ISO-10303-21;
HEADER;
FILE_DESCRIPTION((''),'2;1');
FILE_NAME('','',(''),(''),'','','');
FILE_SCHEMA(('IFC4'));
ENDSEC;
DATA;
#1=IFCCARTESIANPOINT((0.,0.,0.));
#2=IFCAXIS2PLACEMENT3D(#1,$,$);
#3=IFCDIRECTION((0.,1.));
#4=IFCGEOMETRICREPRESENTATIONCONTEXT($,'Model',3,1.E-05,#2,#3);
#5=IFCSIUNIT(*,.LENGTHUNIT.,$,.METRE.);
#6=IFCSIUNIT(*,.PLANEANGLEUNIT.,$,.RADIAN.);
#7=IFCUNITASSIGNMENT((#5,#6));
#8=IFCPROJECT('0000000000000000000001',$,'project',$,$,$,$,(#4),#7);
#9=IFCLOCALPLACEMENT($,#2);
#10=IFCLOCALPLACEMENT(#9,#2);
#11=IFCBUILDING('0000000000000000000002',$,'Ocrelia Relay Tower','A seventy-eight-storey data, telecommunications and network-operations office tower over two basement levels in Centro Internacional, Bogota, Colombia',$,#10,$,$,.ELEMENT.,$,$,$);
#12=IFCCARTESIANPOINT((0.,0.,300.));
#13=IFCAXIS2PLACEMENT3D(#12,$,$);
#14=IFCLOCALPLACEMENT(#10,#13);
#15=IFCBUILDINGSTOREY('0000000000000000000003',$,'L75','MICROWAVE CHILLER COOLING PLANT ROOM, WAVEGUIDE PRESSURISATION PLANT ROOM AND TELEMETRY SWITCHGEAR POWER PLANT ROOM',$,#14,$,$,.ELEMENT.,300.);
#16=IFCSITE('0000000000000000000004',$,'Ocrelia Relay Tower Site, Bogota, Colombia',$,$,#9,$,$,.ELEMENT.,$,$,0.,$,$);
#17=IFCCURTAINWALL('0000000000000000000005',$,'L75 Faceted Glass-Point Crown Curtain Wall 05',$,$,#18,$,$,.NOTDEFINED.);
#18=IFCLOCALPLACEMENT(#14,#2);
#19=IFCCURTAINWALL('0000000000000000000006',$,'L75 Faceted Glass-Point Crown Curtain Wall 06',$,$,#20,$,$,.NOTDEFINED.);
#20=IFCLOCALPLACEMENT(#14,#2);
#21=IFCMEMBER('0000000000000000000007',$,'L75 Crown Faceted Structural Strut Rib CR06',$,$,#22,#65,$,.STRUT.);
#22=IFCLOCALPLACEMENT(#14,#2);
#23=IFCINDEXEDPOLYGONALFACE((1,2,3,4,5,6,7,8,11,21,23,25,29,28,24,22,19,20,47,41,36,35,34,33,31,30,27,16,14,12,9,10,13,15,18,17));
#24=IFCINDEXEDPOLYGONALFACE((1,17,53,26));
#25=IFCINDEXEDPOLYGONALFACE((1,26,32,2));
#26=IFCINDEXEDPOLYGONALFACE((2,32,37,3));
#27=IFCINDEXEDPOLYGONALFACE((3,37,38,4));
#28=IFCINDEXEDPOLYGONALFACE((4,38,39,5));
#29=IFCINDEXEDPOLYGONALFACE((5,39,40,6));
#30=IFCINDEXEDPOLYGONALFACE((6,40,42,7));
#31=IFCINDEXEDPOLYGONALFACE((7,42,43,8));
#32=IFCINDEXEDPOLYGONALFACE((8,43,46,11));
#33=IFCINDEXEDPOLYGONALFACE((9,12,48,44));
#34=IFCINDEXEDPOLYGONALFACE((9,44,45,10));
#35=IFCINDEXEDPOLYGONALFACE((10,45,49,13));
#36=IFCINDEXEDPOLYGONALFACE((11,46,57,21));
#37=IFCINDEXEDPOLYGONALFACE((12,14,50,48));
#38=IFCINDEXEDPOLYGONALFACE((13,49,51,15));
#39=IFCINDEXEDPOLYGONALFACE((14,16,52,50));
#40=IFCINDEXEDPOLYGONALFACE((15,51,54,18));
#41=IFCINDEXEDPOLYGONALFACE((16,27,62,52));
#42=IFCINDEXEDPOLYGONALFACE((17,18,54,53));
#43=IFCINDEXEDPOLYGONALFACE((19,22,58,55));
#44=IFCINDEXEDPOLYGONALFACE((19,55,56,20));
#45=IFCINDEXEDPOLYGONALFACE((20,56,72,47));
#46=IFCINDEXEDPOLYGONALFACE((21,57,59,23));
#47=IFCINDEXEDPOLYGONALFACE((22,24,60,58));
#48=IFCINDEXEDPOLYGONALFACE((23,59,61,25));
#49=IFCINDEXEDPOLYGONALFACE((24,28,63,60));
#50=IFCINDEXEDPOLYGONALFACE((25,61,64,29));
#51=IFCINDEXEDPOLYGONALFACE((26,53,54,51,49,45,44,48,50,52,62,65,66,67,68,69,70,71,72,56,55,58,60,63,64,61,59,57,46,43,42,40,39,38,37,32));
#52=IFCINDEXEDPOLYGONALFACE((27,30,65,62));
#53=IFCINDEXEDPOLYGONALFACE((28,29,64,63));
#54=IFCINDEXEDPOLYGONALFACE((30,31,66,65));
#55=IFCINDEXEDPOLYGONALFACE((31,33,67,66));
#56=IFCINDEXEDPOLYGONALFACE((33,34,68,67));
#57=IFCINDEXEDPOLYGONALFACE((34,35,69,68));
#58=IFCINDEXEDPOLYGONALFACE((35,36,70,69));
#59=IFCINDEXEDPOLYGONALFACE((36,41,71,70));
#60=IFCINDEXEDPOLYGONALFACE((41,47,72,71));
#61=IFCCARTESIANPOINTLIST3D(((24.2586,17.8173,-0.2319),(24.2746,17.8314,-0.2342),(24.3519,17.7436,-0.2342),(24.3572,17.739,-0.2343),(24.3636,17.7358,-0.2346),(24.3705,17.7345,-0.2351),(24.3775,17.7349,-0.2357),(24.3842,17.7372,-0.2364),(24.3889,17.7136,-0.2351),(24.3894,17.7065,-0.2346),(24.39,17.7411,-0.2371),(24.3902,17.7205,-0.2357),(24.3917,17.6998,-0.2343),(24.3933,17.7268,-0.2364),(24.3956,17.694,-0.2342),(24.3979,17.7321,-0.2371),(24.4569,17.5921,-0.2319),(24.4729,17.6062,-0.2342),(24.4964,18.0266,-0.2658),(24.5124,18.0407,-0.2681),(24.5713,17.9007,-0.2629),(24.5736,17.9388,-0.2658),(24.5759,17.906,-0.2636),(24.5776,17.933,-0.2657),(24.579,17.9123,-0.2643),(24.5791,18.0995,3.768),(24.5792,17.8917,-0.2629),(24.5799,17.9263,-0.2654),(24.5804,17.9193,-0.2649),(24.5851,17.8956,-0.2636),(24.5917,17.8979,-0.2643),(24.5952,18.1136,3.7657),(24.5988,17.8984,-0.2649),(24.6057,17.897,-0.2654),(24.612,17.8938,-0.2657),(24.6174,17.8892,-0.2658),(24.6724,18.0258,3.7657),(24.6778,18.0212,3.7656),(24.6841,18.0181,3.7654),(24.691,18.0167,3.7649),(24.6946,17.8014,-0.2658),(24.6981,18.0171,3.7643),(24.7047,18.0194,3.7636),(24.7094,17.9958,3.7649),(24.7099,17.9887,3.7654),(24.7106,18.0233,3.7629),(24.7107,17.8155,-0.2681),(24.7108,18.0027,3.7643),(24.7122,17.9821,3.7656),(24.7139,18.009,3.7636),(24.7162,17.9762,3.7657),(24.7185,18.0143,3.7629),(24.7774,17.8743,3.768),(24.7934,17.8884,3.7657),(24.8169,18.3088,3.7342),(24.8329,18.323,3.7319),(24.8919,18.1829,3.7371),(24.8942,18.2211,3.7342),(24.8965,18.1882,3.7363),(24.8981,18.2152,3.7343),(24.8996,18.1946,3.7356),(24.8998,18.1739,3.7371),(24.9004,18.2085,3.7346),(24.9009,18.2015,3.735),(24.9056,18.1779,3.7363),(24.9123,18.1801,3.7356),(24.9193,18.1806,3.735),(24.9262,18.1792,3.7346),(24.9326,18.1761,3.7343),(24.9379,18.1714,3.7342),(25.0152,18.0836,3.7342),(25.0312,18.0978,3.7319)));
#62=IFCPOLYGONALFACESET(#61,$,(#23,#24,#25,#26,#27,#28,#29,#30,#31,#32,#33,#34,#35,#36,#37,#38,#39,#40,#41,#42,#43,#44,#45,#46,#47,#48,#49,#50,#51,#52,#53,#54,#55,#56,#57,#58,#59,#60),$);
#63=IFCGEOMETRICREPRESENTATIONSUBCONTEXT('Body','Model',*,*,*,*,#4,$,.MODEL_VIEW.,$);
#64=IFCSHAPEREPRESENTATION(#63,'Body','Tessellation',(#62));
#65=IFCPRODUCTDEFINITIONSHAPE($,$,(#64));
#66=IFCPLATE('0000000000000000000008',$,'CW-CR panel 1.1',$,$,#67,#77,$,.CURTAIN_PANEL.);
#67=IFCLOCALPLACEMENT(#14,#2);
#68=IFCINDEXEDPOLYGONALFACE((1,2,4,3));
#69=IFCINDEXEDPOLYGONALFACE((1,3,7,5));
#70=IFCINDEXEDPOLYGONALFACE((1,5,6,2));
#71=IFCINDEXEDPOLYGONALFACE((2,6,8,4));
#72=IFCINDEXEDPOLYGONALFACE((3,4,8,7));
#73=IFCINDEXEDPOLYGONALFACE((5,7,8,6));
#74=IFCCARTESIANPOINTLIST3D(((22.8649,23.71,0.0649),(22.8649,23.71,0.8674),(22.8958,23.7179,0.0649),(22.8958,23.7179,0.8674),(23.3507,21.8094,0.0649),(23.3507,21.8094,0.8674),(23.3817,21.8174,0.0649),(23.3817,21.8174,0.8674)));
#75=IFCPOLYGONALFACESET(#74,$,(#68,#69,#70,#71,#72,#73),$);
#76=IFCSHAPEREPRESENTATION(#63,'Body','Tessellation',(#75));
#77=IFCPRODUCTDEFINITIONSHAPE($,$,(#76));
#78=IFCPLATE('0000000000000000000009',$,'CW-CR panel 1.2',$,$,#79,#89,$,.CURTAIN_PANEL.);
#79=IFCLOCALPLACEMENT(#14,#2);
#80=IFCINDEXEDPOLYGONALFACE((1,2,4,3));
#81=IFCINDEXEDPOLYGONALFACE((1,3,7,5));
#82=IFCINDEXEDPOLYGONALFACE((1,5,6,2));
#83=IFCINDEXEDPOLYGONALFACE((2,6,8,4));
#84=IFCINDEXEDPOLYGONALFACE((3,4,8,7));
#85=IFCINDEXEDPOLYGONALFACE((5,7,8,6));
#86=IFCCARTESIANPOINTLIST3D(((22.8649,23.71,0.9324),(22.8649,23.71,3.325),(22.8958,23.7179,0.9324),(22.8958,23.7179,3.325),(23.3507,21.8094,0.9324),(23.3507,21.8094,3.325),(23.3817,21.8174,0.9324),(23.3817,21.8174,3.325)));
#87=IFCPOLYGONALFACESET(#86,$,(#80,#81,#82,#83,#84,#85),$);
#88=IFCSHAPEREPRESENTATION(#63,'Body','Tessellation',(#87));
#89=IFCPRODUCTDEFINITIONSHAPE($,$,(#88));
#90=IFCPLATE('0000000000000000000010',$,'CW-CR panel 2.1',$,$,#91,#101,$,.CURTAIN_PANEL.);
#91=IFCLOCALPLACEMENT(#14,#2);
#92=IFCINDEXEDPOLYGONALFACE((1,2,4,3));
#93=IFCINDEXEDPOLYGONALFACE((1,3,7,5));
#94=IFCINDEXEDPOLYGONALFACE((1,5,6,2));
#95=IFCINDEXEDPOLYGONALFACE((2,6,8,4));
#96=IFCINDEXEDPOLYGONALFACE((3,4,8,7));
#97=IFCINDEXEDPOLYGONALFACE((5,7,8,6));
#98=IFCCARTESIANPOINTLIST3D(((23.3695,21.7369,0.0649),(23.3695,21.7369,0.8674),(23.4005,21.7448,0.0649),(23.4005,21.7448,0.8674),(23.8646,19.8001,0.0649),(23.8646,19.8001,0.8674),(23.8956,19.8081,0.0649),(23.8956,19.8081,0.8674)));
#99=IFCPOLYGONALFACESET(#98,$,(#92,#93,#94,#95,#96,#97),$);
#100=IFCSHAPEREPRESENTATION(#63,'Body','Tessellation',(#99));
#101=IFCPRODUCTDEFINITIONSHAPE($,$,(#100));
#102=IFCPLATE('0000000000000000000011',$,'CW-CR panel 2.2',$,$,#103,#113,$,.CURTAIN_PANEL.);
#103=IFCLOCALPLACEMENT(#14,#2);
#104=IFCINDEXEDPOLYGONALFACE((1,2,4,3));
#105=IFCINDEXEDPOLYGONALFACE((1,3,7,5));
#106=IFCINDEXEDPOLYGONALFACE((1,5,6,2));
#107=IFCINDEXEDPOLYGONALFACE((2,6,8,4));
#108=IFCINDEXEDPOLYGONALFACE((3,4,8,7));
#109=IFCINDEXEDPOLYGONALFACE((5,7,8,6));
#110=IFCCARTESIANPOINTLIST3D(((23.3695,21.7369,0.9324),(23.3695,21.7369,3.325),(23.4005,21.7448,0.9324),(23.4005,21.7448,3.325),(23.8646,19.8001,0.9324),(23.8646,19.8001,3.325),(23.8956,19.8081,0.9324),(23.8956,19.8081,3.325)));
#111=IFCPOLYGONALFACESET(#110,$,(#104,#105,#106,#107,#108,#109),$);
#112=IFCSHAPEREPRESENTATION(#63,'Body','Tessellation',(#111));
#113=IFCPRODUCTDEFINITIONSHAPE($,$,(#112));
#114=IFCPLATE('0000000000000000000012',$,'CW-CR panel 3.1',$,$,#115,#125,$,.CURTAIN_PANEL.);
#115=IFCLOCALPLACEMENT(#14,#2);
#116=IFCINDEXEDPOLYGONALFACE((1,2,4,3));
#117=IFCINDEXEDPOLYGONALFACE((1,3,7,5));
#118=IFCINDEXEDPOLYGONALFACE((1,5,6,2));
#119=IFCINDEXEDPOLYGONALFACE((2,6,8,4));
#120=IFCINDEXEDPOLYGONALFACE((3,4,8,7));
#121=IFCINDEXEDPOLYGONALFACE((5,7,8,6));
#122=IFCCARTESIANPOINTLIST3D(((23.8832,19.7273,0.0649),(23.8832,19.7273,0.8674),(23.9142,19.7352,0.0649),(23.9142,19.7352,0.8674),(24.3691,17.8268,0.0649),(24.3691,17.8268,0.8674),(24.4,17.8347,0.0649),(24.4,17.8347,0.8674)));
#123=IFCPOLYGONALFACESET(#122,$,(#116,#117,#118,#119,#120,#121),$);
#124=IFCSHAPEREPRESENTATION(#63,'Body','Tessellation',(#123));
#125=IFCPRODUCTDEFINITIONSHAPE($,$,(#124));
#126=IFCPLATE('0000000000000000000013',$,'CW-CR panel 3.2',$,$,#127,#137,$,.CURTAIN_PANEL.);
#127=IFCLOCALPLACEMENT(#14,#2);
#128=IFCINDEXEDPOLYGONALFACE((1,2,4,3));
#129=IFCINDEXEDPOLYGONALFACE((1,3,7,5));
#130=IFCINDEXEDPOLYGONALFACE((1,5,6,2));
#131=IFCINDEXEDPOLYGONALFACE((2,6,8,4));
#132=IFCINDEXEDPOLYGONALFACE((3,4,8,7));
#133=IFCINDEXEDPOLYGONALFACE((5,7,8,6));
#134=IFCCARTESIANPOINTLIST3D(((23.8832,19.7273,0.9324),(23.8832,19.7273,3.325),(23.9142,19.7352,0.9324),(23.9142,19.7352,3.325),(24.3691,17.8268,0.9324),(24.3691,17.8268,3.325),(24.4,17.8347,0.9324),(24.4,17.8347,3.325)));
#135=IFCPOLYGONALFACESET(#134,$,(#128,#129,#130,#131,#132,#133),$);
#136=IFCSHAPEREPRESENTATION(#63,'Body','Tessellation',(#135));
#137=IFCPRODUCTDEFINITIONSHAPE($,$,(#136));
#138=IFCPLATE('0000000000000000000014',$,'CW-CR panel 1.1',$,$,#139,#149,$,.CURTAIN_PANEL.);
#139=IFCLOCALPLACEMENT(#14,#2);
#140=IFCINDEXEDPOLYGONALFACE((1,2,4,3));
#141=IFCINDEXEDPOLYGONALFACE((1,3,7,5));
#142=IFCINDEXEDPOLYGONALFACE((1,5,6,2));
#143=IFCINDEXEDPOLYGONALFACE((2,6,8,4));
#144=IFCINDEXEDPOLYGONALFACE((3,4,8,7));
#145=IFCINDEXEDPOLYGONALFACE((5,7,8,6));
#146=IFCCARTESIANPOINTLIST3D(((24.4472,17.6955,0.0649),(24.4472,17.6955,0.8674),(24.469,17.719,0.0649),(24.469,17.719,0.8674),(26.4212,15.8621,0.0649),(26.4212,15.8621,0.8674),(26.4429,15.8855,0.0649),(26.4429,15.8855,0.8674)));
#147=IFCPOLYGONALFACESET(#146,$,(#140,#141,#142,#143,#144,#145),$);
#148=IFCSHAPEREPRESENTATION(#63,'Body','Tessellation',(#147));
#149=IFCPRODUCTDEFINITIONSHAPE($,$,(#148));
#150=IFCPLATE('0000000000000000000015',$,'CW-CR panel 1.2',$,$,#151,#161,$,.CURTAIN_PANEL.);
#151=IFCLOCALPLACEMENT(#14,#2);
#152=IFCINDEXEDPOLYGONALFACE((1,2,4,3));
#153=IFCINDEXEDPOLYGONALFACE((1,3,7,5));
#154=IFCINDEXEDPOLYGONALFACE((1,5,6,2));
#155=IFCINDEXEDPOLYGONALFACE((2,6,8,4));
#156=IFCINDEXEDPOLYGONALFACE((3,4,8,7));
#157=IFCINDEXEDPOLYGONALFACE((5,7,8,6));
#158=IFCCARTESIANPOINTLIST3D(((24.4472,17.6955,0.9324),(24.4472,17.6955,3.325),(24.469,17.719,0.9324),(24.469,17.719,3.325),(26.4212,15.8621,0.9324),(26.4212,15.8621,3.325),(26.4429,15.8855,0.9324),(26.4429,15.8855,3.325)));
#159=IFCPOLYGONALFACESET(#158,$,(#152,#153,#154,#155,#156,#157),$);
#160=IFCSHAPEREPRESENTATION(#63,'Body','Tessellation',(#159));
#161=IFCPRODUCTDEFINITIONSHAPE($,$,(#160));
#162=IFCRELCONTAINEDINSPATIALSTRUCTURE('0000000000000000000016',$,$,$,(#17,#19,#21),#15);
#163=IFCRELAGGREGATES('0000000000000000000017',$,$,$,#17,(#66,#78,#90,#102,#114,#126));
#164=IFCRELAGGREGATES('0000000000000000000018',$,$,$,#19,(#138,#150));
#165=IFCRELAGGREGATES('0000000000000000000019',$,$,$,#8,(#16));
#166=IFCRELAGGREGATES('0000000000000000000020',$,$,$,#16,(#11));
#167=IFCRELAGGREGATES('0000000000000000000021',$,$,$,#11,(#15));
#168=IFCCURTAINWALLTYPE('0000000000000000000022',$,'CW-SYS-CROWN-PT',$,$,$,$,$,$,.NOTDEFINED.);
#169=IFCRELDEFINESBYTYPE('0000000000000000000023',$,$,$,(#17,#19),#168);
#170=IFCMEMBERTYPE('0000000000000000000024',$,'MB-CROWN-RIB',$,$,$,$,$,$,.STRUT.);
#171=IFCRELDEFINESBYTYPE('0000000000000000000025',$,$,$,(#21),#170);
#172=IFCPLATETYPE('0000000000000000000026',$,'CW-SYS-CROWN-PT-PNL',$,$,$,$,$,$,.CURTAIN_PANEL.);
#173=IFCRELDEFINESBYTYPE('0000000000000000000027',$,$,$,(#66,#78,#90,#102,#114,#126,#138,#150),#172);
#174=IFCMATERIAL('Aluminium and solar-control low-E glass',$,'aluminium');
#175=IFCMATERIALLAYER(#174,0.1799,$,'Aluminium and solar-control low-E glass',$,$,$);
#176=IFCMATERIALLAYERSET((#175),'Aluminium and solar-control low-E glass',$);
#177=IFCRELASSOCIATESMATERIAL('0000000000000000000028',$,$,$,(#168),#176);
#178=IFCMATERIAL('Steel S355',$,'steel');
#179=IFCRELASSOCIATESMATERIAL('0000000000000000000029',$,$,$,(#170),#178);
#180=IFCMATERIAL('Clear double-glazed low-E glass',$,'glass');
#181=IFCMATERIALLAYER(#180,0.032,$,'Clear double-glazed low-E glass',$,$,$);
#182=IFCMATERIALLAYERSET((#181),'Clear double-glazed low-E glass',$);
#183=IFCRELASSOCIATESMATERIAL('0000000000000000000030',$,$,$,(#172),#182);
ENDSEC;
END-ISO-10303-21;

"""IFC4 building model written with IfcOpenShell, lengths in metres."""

from ifc_helpers import new_model, si_unit, direction, frame, origin, origin_2d, place, context, subcontext, project, spatial, rectangle, i_section, extrude, material, layer, layer_set, material_profile, profile_set, type_object, element, aggregate, save


model = new_model("IFC4")

# Units and contexts
model_context = context("Model", 3, precision=1e-05, world=origin(), true_north=direction((0.0, 1.0)))
body_context = subcontext(model_context, "Body", "Model", "MODEL_VIEW")
ifc_project = project(units=[si_unit("LENGTHUNIT", "METRE"), si_unit("PLANEANGLEUNIT", "RADIAN")], contexts=[model_context])

# Site, building, storey
site_placement = place(None, origin())
site = spatial("IfcSite", under=ifc_project, at=site_placement, Name="Ocrelia Relay Tower Site, Bogota, Colombia", CompositionType="ELEMENT", RefElevation=0.0)
building_placement = place(site_placement, origin())
building = spatial("IfcBuilding", under=site, at=building_placement, Name="Ocrelia Relay Tower", Description="A seventy-eight-storey data, telecommunications and network-operations office tower over two basement levels in Centro Internacional, Bogota, Colombia", CompositionType="ELEMENT")
storey_placement = place(building_placement, frame((0.0, 0.0, 300.0)))
storey = spatial("IfcBuildingStorey", under=building, at=storey_placement, Name="L75", Description="MICROWAVE CHILLER COOLING PLANT ROOM, WAVEGUIDE PRESSURISATION PLANT ROOM AND TELEMETRY SWITCHGEAR POWER PLANT ROOM", CompositionType="ELEMENT", Elevation=300.0)

# Shared definitions
ifc_material_1 = material(Name="Steel S355", Category="steel")

# Curtain wall
ifc_material_2 = material(Name="Aluminium and solar-control low-E glass", Category="aluminium")
ifc_layer_1 = layer(ifc_material_2, 0.1799, Name="Aluminium and solar-control low-E glass")
ifc_layer_set_1 = layer_set([ifc_layer_1], Name="Aluminium and solar-control low-E glass")
curtain_wall_type = type_object("IfcCurtainWallType", Name="CW-SYS-CROWN-PT", PredefinedType="NOTDEFINED", material=ifc_layer_set_1)
curtain_wall_1_placement = place(storey_placement, origin())
curtain_wall_1 = element("IfcCurtainWall", 1, at=curtain_wall_1_placement, inside=storey, type_object=curtain_wall_type, Name="L75 Faceted Glass-Point Crown Curtain Wall 05", PredefinedType="NOTDEFINED")

# Curtain wall
curtain_wall_2_placement = place(storey_placement, origin())
curtain_wall_2 = element("IfcCurtainWall", 2, at=curtain_wall_2_placement, inside=storey, type_object=curtain_wall_type, Name="L75 Faceted Glass-Point Crown Curtain Wall 06", PredefinedType="NOTDEFINED")

# Member
ifc_material_profile_1 = material_profile(ifc_material_1, i_section(OverallWidth=0.3, OverallDepth=0.3401, WebThickness=0.012, FlangeThickness=0.0215, FilletRadius=0.0271, at=origin_2d()), Name="HEB 340")
ifc_profile_set_1 = profile_set([ifc_material_profile_1], Name="Steel S355")
member_type_1 = type_object("IfcMemberType", Name="MB-CROWN-RIB", PredefinedType="STRUT", material=ifc_profile_set_1)
member_1_placement = place(storey_placement, frame((24.4846, 17.8164, -0.25), z_axis=(0.079686, 0.070158, 0.994348), x_axis=(-0.660808, 0.750555, 0.0)))
element("IfcMember", 3, at=member_1_placement, inside=storey, type_object=member_type_1, Name="L75 Crown Faceted Structural Strut Rib CR06", PredefinedType="STRUT", context=body_context, shape_type="SweptSolid", body=[
    extrude(i_section(OverallWidth=0.3, OverallDepth=0.3401, WebThickness=0.012, FlangeThickness=0.0215, FilletRadius=0.0271, at=origin_2d()), origin(), (0.0, 0.0, 1.0), 4.0227),
])

# Plates
ifc_material_3 = material(Name="Clear double-glazed low-E glass", Category="glass")
ifc_layer_2 = layer(ifc_material_3, 0.032, Name="Clear double-glazed low-E glass")
ifc_layer_set_2 = layer_set([ifc_layer_2], Name="Clear double-glazed low-E glass")
plate_type = type_object("IfcPlateType", Name="CW-SYS-CROWN-PT-PNL", PredefinedType="CURTAIN_PANEL", material=ifc_layer_set_2)
plate_1_placement = place(storey_placement, frame((23.1233, 22.7637, 0.0649), z_axis=(0.0, 0.0, 1.0), x_axis=(0.24769, -0.968839, 0.0)))
plate_1 = element("IfcPlate", 4, at=plate_1_placement, type_object=plate_type, Name="CW-CR panel 1.1", PredefinedType="CURTAIN_PANEL", context=body_context, shape_type="SweptSolid", body=[
    extrude(rectangle(XDim=1.9617, YDim=0.032, at=origin_2d()), origin(), (0.0, 0.0, 1.0), 0.8025),
])
plate_2_placement = place(storey_placement, frame((23.1233, 22.7637, 0.9324), z_axis=(0.0, 0.0, 1.0), x_axis=(0.24769, -0.968839, 0.0)))
plate_2 = element("IfcPlate", 5, at=plate_2_placement, type_object=plate_type, Name="CW-CR panel 1.2", PredefinedType="CURTAIN_PANEL", context=body_context, shape_type="SweptSolid", body=[
    extrude(rectangle(XDim=1.9617, YDim=0.032, at=origin_2d()), origin(), (0.0, 0.0, 1.0), 2.3926),
])
plate_3_placement = place(storey_placement, frame((23.6326, 20.7725, 0.0649), z_axis=(0.0, 0.0, 1.0), x_axis=(0.24769, -0.968839, 0.0)))
plate_3 = element("IfcPlate", 6, at=plate_3_placement, type_object=plate_type, Name="CW-CR panel 2.1", PredefinedType="CURTAIN_PANEL", context=body_context, shape_type="SweptSolid", body=[
    extrude(rectangle(XDim=1.999, YDim=0.032, at=origin_2d()), origin(), (0.0, 0.0, 1.0), 0.8025),
])
plate_4_placement = place(storey_placement, frame((23.6326, 20.7725, 0.9324), z_axis=(0.0, 0.0, 1.0), x_axis=(0.24769, -0.968839, 0.0)))
plate_4 = element("IfcPlate", 7, at=plate_4_placement, type_object=plate_type, Name="CW-CR panel 2.2", PredefinedType="CURTAIN_PANEL", context=body_context, shape_type="SweptSolid", body=[
    extrude(rectangle(XDim=1.999, YDim=0.032, at=origin_2d()), origin(), (0.0, 0.0, 1.0), 2.3926),
])
plate_5_placement = place(storey_placement, frame((24.1416, 18.781, 0.0649), z_axis=(0.0, 0.0, 1.0), x_axis=(0.24769, -0.968839, 0.0)))
plate_5 = element("IfcPlate", 8, at=plate_5_placement, type_object=plate_type, Name="CW-CR panel 3.1", PredefinedType="CURTAIN_PANEL", context=body_context, shape_type="SweptSolid", body=[
    extrude(rectangle(XDim=1.9617, YDim=0.032, at=origin_2d()), origin(), (0.0, 0.0, 1.0), 0.8025),
])
plate_6_placement = place(storey_placement, frame((24.1416, 18.781, 0.9324), z_axis=(0.0, 0.0, 1.0), x_axis=(0.24769, -0.968839, 0.0)))
plate_6 = element("IfcPlate", 9, at=plate_6_placement, type_object=plate_type, Name="CW-CR panel 3.2", PredefinedType="CURTAIN_PANEL", context=body_context, shape_type="SweptSolid", body=[
    extrude(rectangle(XDim=1.9617, YDim=0.032, at=origin_2d()), origin(), (0.0, 0.0, 1.0), 2.3926),
])
aggregate(curtain_wall_1, [plate_1, plate_2, plate_3, plate_4, plate_5, plate_6])
plate_7_placement = place(storey_placement, frame((25.4451, 16.7905, 0.0649), z_axis=(0.0, 0.0, 1.0), x_axis=(0.732699, -0.680553, 0.0)))
plate_7 = element("IfcPlate", 10, at=plate_7_placement, type_object=plate_type, Name="CW-CR panel 1.1", PredefinedType="CURTAIN_PANEL", context=body_context, shape_type="SweptSolid", body=[
    extrude(rectangle(XDim=2.6941, YDim=0.032, at=origin_2d()), origin(), (0.0, 0.0, 1.0), 0.8025),
])
plate_8_placement = place(storey_placement, frame((25.4451, 16.7905, 0.9324), z_axis=(0.0, 0.0, 1.0), x_axis=(0.732699, -0.680553, 0.0)))
plate_8 = element("IfcPlate", 11, at=plate_8_placement, type_object=plate_type, Name="CW-CR panel 1.2", PredefinedType="CURTAIN_PANEL", context=body_context, shape_type="SweptSolid", body=[
    extrude(rectangle(XDim=2.6941, YDim=0.032, at=origin_2d()), origin(), (0.0, 0.0, 1.0), 2.3926),
])
aggregate(curtain_wall_2, [plate_7, plate_8])

save(model, "model.ifc")
